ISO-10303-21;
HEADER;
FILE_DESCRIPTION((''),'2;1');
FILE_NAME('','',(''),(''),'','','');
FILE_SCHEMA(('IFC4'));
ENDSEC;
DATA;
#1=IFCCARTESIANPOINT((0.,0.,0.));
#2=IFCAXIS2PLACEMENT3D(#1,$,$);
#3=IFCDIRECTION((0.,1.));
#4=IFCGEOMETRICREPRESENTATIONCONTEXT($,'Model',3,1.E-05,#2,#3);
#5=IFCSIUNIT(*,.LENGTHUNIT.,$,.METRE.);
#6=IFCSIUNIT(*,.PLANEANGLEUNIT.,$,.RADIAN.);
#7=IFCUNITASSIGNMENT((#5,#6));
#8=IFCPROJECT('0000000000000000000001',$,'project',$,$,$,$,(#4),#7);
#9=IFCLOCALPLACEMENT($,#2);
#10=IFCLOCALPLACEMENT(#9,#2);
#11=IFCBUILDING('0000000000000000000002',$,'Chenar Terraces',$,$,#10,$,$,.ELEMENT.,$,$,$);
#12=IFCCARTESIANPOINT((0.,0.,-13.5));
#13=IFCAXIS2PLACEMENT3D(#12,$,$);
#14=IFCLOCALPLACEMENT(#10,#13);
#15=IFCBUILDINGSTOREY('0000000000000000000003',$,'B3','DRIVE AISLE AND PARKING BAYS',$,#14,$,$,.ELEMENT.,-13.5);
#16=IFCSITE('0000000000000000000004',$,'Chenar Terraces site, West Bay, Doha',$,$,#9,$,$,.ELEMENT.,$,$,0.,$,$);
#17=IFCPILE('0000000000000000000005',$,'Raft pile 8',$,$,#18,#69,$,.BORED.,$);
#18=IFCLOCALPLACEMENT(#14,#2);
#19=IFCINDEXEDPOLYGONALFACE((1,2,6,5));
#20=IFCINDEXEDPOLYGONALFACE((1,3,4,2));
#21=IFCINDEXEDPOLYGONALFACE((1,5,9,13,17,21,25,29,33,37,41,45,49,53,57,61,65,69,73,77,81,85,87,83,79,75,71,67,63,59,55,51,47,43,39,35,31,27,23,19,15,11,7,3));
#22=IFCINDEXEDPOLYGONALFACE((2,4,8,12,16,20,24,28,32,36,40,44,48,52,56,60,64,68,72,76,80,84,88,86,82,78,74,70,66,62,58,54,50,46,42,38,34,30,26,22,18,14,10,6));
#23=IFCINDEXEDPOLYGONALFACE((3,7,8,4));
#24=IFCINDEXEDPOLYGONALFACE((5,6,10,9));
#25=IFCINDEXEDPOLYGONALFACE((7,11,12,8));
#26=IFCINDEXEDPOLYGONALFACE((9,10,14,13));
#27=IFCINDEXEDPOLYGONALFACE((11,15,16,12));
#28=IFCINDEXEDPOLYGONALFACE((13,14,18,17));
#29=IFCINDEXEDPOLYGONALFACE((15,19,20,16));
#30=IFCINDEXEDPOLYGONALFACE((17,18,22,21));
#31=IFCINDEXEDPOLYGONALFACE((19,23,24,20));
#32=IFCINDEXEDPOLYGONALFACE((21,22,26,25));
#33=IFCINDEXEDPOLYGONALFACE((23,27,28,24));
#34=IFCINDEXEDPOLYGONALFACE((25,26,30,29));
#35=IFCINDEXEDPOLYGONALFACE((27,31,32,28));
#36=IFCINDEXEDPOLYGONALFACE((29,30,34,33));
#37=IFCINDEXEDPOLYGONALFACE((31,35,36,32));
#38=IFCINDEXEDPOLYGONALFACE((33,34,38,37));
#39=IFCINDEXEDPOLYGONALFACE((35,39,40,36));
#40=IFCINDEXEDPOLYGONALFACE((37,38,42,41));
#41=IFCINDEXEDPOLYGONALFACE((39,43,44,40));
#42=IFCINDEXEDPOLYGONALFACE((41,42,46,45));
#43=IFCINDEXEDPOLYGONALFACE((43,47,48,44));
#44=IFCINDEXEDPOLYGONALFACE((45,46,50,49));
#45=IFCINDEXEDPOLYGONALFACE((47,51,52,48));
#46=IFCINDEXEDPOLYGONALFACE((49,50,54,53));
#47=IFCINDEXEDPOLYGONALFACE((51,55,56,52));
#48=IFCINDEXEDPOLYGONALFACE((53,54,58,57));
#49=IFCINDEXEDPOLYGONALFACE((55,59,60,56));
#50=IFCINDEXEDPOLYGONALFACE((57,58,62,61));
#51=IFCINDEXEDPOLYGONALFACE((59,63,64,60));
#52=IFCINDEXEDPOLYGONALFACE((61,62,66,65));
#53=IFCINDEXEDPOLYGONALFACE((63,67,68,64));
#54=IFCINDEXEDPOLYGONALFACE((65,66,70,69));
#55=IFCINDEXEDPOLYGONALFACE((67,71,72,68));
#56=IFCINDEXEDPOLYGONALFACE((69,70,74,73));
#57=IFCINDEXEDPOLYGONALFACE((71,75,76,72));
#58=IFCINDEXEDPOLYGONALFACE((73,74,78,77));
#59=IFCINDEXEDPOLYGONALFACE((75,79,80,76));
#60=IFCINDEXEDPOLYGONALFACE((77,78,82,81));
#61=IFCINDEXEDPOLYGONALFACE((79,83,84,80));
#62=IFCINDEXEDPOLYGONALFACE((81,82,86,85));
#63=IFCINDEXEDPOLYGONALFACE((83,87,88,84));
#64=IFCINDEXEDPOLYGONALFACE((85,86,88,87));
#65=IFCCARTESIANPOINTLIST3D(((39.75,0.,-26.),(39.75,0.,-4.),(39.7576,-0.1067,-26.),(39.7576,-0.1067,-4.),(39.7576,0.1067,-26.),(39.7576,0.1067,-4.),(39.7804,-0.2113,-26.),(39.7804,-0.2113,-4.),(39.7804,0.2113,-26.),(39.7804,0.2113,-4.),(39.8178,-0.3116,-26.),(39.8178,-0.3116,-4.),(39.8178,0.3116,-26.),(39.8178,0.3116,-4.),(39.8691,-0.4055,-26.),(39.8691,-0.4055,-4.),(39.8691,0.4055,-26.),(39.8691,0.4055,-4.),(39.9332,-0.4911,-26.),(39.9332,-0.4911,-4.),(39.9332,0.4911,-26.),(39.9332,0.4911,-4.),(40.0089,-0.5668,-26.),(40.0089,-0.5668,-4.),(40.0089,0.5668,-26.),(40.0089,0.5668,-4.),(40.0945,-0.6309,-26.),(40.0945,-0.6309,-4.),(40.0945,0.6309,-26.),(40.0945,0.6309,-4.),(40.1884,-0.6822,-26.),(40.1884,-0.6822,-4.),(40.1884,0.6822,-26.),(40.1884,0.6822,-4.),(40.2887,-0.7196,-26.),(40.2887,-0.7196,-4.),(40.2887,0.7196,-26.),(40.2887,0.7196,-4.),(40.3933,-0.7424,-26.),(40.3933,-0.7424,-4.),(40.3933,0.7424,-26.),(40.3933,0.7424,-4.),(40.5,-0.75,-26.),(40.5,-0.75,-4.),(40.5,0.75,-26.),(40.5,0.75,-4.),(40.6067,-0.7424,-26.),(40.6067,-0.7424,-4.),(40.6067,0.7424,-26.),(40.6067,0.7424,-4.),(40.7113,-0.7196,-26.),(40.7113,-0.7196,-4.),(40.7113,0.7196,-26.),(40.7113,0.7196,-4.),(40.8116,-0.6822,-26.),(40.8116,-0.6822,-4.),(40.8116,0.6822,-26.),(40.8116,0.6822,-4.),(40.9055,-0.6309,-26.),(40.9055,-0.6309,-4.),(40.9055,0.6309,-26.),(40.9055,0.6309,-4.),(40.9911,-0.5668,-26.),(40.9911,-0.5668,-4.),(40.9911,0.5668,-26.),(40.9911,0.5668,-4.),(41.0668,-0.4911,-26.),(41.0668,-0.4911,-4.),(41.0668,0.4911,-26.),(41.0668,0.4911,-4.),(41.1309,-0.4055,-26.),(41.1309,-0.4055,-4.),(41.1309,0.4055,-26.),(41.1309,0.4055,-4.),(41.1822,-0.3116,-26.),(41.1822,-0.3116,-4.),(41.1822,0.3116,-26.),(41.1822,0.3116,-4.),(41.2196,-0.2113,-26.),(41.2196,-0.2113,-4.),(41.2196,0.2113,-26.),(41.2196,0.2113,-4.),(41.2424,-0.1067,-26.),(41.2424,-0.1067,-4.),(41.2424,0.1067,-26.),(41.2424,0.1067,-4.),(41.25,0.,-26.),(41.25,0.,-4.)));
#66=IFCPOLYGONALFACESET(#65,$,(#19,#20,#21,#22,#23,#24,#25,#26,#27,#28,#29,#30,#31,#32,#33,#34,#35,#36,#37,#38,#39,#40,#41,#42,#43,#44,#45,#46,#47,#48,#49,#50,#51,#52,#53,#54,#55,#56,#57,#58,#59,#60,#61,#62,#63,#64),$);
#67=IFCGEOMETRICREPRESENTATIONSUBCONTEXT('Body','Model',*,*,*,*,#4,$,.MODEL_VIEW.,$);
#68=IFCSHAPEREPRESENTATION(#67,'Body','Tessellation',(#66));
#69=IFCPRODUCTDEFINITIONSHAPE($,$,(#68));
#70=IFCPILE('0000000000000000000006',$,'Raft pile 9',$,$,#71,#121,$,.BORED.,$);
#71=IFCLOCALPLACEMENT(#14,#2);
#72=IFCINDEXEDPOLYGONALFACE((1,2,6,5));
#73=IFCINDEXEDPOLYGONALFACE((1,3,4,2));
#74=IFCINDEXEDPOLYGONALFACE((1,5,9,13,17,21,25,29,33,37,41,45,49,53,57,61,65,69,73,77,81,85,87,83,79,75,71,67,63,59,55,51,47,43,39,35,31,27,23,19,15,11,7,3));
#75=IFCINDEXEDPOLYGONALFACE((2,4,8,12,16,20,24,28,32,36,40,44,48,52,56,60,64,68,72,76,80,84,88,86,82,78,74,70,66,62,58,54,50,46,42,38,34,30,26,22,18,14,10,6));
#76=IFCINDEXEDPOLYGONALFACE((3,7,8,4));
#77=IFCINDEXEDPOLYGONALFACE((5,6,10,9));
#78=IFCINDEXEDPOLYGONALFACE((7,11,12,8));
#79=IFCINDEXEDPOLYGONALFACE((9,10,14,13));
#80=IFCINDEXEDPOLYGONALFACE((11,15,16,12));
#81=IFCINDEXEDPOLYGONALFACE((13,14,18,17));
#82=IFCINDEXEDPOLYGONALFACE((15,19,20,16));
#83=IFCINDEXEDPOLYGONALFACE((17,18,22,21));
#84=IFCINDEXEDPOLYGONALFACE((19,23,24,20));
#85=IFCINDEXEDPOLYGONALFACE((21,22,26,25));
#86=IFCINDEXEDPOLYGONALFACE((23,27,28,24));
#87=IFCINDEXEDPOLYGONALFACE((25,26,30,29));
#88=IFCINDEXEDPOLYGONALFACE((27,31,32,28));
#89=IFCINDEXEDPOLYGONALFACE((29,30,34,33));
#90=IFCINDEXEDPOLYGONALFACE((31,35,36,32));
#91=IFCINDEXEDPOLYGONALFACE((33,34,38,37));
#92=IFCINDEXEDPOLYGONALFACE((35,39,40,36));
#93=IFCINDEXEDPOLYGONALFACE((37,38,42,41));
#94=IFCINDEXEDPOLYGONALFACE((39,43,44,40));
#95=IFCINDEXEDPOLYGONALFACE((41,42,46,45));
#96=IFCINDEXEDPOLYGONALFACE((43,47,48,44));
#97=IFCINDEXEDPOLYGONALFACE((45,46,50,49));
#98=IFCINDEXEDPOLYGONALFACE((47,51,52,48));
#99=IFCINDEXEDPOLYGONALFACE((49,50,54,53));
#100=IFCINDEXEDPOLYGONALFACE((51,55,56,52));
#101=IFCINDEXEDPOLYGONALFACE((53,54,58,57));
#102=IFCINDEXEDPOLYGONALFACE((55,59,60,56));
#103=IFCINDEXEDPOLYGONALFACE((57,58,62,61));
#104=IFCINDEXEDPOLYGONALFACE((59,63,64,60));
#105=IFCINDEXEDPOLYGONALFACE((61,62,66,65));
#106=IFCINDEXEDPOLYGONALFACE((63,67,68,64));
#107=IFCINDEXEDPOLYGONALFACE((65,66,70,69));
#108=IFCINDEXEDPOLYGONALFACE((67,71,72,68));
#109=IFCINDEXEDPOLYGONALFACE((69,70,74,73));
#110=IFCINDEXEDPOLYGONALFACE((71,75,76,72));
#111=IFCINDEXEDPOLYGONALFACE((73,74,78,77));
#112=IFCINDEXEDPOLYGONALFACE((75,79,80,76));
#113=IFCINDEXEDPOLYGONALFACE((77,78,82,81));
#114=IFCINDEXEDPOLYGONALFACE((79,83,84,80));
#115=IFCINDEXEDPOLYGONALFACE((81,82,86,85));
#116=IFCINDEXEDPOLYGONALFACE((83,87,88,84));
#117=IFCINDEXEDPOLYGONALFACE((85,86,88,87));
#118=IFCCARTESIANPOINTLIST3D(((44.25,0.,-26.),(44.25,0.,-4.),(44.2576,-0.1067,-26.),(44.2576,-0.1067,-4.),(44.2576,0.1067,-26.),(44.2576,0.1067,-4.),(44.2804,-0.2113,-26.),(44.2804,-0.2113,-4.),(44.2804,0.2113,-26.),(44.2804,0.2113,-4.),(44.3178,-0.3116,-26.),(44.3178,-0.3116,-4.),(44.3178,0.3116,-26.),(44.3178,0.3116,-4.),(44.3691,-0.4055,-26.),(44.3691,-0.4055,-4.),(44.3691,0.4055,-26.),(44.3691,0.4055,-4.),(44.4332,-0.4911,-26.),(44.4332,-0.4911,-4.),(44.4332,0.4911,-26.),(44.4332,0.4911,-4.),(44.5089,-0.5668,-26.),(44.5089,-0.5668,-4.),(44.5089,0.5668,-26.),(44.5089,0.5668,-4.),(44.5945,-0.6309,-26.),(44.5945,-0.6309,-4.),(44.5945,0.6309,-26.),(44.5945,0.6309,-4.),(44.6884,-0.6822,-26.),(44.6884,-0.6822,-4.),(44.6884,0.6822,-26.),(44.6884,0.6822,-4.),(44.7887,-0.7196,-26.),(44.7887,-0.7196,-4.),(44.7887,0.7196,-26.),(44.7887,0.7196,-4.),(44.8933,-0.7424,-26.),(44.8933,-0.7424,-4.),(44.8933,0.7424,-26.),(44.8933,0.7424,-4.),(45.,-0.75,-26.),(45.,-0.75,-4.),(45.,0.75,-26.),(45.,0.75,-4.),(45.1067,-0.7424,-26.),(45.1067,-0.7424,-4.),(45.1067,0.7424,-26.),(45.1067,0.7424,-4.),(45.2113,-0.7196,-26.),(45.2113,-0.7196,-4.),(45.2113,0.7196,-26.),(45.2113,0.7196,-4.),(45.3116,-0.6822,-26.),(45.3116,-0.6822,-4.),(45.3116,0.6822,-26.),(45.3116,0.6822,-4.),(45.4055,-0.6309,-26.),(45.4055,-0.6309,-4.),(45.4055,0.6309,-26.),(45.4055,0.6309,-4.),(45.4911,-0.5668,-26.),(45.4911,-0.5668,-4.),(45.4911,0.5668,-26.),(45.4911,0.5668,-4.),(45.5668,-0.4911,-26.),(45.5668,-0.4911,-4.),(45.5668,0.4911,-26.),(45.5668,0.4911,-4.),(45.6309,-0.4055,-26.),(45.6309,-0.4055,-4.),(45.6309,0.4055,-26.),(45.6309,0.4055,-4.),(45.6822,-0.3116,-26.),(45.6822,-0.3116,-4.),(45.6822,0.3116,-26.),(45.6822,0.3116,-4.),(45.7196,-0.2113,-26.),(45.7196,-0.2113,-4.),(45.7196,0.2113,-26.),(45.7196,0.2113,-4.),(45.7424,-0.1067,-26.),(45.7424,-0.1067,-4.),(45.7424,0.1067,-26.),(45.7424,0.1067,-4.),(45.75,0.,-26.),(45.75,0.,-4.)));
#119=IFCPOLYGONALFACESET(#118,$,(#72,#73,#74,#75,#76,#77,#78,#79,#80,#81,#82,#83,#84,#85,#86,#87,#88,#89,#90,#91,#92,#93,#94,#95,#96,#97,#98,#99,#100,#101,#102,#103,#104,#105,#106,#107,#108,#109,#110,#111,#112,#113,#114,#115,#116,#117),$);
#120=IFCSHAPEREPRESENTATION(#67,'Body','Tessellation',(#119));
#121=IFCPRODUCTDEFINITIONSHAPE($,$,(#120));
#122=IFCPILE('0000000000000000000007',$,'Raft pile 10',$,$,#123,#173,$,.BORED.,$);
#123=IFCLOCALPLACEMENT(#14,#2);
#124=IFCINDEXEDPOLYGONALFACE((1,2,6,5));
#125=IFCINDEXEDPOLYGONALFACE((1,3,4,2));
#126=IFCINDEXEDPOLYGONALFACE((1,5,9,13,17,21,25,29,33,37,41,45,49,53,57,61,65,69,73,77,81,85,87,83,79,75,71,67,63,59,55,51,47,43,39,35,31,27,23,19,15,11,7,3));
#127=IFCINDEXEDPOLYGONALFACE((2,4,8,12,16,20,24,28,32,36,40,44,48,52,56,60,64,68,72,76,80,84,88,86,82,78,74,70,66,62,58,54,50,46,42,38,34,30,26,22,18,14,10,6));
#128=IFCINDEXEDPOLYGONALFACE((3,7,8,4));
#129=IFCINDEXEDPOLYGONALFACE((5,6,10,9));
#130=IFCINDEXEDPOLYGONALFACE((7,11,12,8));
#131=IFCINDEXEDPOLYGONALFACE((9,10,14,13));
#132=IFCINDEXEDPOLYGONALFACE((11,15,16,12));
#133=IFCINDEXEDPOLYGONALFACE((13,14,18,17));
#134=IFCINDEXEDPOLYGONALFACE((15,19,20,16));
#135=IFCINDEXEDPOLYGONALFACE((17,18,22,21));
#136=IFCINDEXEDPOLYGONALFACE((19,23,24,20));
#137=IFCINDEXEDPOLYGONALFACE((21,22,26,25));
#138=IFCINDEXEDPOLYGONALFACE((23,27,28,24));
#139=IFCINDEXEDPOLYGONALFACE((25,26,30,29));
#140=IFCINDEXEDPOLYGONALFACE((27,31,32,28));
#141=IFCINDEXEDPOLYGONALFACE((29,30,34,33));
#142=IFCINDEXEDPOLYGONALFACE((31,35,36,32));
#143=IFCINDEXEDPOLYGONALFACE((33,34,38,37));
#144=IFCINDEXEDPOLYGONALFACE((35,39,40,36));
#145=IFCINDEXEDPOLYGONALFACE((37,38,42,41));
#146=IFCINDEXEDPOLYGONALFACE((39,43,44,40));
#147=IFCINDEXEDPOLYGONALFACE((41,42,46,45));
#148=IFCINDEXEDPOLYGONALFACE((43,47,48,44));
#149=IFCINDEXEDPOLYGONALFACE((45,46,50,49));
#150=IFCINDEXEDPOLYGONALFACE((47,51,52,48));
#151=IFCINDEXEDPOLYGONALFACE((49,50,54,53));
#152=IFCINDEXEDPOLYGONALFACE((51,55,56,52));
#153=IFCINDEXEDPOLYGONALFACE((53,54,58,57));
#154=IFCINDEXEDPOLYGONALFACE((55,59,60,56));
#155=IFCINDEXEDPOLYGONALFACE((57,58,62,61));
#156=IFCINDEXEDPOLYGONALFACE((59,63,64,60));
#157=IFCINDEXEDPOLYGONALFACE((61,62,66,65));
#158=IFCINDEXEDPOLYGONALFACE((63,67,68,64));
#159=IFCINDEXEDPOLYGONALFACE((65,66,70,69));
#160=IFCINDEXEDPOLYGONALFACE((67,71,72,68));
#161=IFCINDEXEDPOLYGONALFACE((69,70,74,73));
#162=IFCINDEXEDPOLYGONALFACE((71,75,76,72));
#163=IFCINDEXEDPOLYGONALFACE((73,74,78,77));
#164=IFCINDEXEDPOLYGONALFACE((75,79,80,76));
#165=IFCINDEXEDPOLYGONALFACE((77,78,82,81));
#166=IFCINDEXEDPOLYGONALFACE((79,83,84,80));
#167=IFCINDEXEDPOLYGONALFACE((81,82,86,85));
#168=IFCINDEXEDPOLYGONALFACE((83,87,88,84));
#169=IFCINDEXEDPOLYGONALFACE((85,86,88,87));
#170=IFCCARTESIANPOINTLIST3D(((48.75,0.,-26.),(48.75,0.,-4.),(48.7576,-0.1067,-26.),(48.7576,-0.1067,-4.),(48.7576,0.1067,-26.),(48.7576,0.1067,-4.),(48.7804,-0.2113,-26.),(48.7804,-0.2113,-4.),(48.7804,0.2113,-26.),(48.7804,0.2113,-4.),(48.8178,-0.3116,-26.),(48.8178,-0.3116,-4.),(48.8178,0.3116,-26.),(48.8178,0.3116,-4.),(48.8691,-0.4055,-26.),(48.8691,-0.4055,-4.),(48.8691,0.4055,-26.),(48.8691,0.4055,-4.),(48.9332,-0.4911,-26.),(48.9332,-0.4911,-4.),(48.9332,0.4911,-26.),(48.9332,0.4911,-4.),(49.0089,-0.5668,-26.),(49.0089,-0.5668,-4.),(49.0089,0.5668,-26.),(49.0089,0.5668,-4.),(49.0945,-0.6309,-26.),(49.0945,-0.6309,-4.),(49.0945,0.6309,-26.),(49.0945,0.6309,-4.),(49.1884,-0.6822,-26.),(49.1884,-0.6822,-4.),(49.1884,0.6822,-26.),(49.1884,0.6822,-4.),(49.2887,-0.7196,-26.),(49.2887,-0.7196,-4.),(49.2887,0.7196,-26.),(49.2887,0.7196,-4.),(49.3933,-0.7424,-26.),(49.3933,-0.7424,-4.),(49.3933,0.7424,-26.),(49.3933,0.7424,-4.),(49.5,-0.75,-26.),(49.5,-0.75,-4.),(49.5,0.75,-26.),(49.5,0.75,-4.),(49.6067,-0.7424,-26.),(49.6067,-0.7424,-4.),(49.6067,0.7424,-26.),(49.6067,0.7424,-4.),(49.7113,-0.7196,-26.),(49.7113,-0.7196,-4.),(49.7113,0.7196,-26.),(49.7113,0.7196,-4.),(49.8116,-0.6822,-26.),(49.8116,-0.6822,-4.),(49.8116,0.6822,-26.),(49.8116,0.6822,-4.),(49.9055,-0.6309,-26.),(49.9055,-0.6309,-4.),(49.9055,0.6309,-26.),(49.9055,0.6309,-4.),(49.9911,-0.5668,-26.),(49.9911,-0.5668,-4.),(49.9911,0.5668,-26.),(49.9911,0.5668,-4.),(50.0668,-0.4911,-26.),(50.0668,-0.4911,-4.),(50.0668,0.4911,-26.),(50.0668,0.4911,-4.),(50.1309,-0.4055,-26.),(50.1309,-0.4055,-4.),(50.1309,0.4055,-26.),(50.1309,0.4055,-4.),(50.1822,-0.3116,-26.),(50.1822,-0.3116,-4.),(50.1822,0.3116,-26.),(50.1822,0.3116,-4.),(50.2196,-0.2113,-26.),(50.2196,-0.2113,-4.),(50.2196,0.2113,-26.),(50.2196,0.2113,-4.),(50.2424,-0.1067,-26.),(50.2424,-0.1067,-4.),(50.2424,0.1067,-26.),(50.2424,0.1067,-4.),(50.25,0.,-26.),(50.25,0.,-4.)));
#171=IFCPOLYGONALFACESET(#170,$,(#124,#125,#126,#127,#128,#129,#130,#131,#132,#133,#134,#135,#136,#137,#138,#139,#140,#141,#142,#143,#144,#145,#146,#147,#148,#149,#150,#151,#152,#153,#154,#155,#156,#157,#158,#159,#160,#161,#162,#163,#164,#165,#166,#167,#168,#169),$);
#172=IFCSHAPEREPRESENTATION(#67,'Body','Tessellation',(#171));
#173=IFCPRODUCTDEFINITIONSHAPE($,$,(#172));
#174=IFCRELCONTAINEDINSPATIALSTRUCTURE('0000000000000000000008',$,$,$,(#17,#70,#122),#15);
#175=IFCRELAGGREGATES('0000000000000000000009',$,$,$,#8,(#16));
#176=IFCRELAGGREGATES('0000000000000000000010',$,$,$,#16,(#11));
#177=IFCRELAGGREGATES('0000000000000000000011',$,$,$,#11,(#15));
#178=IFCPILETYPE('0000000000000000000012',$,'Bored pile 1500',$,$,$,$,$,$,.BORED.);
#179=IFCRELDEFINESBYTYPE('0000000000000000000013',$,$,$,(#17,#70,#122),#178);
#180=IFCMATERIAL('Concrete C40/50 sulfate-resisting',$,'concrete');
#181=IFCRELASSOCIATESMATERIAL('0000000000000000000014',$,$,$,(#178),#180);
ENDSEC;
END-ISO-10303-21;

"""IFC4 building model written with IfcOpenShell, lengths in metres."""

from ifc_helpers import new_model, si_unit, direction, frame, origin, origin_2d, place, context, subcontext, project, spatial, circle, extrude, material, material_profile, profile_set, type_object, element, save


model = new_model("IFC4")

# Units and contexts
model_context = context("Model", 3, precision=1e-05, world=origin(), true_north=direction((0.0, 1.0)))
body_context = subcontext(model_context, "Body", "Model", "MODEL_VIEW")
ifc_project = project(units=[si_unit("LENGTHUNIT", "METRE"), si_unit("PLANEANGLEUNIT", "RADIAN")], contexts=[model_context])

# Site, building, storey
site_placement = place(None, origin())
site = spatial("IfcSite", under=ifc_project, at=site_placement, Name="Chenar Terraces site, West Bay, Doha", CompositionType="ELEMENT", RefElevation=0.0)
building_placement = place(site_placement, origin())
building = spatial("IfcBuilding", under=site, at=building_placement, Name="Chenar Terraces", CompositionType="ELEMENT")
storey_placement = place(building_placement, frame((0.0, 0.0, -13.5)))
storey = spatial("IfcBuildingStorey", under=building, at=storey_placement, Name="B3", Description="DRIVE AISLE AND PARKING BAYS", CompositionType="ELEMENT", Elevation=-13.5)

# Piles
ifc_material_1 = material(Name="Concrete C40/50 sulfate-resisting", Category="concrete")
ifc_material_profile_1 = material_profile(ifc_material_1, circle(Radius=0.75, at=origin_2d()), Name="BP 1500")
ifc_profile_set_1 = profile_set([ifc_material_profile_1], Name="Concrete C40/50 sulfate-resisting")
pile_type_1 = type_object("IfcPileType", Name="Bored pile 1500", PredefinedType="BORED", material=ifc_profile_set_1)
for number, where, z_axis, x_axis, name in (
    (1, (40.5, 0.0, -4.0), (0.0, 0.0, -1.0), (1.0, 0.0, 0.0), "Raft pile 8"),
    (2, (45.0, 0.0, -4.0), (0.0, 0.0, -1.0), (1.0, 0.0, 0.0), "Raft pile 9"),
    (3, (49.5, 0.0, -4.0), (0.0, 0.0, -1.0), (1.0, 0.0, 0.0), "Raft pile 10"),
):
    element("IfcPile", number, at=place(storey_placement, frame(where, z_axis=z_axis, x_axis=x_axis)), inside=storey, type_object=pile_type_1, Name=name, PredefinedType="BORED", context=body_context, shape_type="SweptSolid", body=[
        extrude(circle(Radius=0.75, at=origin_2d()), origin(), (0.0, 0.0, 1.0), 22.0),
    ])

save(model, "model.ifc")
